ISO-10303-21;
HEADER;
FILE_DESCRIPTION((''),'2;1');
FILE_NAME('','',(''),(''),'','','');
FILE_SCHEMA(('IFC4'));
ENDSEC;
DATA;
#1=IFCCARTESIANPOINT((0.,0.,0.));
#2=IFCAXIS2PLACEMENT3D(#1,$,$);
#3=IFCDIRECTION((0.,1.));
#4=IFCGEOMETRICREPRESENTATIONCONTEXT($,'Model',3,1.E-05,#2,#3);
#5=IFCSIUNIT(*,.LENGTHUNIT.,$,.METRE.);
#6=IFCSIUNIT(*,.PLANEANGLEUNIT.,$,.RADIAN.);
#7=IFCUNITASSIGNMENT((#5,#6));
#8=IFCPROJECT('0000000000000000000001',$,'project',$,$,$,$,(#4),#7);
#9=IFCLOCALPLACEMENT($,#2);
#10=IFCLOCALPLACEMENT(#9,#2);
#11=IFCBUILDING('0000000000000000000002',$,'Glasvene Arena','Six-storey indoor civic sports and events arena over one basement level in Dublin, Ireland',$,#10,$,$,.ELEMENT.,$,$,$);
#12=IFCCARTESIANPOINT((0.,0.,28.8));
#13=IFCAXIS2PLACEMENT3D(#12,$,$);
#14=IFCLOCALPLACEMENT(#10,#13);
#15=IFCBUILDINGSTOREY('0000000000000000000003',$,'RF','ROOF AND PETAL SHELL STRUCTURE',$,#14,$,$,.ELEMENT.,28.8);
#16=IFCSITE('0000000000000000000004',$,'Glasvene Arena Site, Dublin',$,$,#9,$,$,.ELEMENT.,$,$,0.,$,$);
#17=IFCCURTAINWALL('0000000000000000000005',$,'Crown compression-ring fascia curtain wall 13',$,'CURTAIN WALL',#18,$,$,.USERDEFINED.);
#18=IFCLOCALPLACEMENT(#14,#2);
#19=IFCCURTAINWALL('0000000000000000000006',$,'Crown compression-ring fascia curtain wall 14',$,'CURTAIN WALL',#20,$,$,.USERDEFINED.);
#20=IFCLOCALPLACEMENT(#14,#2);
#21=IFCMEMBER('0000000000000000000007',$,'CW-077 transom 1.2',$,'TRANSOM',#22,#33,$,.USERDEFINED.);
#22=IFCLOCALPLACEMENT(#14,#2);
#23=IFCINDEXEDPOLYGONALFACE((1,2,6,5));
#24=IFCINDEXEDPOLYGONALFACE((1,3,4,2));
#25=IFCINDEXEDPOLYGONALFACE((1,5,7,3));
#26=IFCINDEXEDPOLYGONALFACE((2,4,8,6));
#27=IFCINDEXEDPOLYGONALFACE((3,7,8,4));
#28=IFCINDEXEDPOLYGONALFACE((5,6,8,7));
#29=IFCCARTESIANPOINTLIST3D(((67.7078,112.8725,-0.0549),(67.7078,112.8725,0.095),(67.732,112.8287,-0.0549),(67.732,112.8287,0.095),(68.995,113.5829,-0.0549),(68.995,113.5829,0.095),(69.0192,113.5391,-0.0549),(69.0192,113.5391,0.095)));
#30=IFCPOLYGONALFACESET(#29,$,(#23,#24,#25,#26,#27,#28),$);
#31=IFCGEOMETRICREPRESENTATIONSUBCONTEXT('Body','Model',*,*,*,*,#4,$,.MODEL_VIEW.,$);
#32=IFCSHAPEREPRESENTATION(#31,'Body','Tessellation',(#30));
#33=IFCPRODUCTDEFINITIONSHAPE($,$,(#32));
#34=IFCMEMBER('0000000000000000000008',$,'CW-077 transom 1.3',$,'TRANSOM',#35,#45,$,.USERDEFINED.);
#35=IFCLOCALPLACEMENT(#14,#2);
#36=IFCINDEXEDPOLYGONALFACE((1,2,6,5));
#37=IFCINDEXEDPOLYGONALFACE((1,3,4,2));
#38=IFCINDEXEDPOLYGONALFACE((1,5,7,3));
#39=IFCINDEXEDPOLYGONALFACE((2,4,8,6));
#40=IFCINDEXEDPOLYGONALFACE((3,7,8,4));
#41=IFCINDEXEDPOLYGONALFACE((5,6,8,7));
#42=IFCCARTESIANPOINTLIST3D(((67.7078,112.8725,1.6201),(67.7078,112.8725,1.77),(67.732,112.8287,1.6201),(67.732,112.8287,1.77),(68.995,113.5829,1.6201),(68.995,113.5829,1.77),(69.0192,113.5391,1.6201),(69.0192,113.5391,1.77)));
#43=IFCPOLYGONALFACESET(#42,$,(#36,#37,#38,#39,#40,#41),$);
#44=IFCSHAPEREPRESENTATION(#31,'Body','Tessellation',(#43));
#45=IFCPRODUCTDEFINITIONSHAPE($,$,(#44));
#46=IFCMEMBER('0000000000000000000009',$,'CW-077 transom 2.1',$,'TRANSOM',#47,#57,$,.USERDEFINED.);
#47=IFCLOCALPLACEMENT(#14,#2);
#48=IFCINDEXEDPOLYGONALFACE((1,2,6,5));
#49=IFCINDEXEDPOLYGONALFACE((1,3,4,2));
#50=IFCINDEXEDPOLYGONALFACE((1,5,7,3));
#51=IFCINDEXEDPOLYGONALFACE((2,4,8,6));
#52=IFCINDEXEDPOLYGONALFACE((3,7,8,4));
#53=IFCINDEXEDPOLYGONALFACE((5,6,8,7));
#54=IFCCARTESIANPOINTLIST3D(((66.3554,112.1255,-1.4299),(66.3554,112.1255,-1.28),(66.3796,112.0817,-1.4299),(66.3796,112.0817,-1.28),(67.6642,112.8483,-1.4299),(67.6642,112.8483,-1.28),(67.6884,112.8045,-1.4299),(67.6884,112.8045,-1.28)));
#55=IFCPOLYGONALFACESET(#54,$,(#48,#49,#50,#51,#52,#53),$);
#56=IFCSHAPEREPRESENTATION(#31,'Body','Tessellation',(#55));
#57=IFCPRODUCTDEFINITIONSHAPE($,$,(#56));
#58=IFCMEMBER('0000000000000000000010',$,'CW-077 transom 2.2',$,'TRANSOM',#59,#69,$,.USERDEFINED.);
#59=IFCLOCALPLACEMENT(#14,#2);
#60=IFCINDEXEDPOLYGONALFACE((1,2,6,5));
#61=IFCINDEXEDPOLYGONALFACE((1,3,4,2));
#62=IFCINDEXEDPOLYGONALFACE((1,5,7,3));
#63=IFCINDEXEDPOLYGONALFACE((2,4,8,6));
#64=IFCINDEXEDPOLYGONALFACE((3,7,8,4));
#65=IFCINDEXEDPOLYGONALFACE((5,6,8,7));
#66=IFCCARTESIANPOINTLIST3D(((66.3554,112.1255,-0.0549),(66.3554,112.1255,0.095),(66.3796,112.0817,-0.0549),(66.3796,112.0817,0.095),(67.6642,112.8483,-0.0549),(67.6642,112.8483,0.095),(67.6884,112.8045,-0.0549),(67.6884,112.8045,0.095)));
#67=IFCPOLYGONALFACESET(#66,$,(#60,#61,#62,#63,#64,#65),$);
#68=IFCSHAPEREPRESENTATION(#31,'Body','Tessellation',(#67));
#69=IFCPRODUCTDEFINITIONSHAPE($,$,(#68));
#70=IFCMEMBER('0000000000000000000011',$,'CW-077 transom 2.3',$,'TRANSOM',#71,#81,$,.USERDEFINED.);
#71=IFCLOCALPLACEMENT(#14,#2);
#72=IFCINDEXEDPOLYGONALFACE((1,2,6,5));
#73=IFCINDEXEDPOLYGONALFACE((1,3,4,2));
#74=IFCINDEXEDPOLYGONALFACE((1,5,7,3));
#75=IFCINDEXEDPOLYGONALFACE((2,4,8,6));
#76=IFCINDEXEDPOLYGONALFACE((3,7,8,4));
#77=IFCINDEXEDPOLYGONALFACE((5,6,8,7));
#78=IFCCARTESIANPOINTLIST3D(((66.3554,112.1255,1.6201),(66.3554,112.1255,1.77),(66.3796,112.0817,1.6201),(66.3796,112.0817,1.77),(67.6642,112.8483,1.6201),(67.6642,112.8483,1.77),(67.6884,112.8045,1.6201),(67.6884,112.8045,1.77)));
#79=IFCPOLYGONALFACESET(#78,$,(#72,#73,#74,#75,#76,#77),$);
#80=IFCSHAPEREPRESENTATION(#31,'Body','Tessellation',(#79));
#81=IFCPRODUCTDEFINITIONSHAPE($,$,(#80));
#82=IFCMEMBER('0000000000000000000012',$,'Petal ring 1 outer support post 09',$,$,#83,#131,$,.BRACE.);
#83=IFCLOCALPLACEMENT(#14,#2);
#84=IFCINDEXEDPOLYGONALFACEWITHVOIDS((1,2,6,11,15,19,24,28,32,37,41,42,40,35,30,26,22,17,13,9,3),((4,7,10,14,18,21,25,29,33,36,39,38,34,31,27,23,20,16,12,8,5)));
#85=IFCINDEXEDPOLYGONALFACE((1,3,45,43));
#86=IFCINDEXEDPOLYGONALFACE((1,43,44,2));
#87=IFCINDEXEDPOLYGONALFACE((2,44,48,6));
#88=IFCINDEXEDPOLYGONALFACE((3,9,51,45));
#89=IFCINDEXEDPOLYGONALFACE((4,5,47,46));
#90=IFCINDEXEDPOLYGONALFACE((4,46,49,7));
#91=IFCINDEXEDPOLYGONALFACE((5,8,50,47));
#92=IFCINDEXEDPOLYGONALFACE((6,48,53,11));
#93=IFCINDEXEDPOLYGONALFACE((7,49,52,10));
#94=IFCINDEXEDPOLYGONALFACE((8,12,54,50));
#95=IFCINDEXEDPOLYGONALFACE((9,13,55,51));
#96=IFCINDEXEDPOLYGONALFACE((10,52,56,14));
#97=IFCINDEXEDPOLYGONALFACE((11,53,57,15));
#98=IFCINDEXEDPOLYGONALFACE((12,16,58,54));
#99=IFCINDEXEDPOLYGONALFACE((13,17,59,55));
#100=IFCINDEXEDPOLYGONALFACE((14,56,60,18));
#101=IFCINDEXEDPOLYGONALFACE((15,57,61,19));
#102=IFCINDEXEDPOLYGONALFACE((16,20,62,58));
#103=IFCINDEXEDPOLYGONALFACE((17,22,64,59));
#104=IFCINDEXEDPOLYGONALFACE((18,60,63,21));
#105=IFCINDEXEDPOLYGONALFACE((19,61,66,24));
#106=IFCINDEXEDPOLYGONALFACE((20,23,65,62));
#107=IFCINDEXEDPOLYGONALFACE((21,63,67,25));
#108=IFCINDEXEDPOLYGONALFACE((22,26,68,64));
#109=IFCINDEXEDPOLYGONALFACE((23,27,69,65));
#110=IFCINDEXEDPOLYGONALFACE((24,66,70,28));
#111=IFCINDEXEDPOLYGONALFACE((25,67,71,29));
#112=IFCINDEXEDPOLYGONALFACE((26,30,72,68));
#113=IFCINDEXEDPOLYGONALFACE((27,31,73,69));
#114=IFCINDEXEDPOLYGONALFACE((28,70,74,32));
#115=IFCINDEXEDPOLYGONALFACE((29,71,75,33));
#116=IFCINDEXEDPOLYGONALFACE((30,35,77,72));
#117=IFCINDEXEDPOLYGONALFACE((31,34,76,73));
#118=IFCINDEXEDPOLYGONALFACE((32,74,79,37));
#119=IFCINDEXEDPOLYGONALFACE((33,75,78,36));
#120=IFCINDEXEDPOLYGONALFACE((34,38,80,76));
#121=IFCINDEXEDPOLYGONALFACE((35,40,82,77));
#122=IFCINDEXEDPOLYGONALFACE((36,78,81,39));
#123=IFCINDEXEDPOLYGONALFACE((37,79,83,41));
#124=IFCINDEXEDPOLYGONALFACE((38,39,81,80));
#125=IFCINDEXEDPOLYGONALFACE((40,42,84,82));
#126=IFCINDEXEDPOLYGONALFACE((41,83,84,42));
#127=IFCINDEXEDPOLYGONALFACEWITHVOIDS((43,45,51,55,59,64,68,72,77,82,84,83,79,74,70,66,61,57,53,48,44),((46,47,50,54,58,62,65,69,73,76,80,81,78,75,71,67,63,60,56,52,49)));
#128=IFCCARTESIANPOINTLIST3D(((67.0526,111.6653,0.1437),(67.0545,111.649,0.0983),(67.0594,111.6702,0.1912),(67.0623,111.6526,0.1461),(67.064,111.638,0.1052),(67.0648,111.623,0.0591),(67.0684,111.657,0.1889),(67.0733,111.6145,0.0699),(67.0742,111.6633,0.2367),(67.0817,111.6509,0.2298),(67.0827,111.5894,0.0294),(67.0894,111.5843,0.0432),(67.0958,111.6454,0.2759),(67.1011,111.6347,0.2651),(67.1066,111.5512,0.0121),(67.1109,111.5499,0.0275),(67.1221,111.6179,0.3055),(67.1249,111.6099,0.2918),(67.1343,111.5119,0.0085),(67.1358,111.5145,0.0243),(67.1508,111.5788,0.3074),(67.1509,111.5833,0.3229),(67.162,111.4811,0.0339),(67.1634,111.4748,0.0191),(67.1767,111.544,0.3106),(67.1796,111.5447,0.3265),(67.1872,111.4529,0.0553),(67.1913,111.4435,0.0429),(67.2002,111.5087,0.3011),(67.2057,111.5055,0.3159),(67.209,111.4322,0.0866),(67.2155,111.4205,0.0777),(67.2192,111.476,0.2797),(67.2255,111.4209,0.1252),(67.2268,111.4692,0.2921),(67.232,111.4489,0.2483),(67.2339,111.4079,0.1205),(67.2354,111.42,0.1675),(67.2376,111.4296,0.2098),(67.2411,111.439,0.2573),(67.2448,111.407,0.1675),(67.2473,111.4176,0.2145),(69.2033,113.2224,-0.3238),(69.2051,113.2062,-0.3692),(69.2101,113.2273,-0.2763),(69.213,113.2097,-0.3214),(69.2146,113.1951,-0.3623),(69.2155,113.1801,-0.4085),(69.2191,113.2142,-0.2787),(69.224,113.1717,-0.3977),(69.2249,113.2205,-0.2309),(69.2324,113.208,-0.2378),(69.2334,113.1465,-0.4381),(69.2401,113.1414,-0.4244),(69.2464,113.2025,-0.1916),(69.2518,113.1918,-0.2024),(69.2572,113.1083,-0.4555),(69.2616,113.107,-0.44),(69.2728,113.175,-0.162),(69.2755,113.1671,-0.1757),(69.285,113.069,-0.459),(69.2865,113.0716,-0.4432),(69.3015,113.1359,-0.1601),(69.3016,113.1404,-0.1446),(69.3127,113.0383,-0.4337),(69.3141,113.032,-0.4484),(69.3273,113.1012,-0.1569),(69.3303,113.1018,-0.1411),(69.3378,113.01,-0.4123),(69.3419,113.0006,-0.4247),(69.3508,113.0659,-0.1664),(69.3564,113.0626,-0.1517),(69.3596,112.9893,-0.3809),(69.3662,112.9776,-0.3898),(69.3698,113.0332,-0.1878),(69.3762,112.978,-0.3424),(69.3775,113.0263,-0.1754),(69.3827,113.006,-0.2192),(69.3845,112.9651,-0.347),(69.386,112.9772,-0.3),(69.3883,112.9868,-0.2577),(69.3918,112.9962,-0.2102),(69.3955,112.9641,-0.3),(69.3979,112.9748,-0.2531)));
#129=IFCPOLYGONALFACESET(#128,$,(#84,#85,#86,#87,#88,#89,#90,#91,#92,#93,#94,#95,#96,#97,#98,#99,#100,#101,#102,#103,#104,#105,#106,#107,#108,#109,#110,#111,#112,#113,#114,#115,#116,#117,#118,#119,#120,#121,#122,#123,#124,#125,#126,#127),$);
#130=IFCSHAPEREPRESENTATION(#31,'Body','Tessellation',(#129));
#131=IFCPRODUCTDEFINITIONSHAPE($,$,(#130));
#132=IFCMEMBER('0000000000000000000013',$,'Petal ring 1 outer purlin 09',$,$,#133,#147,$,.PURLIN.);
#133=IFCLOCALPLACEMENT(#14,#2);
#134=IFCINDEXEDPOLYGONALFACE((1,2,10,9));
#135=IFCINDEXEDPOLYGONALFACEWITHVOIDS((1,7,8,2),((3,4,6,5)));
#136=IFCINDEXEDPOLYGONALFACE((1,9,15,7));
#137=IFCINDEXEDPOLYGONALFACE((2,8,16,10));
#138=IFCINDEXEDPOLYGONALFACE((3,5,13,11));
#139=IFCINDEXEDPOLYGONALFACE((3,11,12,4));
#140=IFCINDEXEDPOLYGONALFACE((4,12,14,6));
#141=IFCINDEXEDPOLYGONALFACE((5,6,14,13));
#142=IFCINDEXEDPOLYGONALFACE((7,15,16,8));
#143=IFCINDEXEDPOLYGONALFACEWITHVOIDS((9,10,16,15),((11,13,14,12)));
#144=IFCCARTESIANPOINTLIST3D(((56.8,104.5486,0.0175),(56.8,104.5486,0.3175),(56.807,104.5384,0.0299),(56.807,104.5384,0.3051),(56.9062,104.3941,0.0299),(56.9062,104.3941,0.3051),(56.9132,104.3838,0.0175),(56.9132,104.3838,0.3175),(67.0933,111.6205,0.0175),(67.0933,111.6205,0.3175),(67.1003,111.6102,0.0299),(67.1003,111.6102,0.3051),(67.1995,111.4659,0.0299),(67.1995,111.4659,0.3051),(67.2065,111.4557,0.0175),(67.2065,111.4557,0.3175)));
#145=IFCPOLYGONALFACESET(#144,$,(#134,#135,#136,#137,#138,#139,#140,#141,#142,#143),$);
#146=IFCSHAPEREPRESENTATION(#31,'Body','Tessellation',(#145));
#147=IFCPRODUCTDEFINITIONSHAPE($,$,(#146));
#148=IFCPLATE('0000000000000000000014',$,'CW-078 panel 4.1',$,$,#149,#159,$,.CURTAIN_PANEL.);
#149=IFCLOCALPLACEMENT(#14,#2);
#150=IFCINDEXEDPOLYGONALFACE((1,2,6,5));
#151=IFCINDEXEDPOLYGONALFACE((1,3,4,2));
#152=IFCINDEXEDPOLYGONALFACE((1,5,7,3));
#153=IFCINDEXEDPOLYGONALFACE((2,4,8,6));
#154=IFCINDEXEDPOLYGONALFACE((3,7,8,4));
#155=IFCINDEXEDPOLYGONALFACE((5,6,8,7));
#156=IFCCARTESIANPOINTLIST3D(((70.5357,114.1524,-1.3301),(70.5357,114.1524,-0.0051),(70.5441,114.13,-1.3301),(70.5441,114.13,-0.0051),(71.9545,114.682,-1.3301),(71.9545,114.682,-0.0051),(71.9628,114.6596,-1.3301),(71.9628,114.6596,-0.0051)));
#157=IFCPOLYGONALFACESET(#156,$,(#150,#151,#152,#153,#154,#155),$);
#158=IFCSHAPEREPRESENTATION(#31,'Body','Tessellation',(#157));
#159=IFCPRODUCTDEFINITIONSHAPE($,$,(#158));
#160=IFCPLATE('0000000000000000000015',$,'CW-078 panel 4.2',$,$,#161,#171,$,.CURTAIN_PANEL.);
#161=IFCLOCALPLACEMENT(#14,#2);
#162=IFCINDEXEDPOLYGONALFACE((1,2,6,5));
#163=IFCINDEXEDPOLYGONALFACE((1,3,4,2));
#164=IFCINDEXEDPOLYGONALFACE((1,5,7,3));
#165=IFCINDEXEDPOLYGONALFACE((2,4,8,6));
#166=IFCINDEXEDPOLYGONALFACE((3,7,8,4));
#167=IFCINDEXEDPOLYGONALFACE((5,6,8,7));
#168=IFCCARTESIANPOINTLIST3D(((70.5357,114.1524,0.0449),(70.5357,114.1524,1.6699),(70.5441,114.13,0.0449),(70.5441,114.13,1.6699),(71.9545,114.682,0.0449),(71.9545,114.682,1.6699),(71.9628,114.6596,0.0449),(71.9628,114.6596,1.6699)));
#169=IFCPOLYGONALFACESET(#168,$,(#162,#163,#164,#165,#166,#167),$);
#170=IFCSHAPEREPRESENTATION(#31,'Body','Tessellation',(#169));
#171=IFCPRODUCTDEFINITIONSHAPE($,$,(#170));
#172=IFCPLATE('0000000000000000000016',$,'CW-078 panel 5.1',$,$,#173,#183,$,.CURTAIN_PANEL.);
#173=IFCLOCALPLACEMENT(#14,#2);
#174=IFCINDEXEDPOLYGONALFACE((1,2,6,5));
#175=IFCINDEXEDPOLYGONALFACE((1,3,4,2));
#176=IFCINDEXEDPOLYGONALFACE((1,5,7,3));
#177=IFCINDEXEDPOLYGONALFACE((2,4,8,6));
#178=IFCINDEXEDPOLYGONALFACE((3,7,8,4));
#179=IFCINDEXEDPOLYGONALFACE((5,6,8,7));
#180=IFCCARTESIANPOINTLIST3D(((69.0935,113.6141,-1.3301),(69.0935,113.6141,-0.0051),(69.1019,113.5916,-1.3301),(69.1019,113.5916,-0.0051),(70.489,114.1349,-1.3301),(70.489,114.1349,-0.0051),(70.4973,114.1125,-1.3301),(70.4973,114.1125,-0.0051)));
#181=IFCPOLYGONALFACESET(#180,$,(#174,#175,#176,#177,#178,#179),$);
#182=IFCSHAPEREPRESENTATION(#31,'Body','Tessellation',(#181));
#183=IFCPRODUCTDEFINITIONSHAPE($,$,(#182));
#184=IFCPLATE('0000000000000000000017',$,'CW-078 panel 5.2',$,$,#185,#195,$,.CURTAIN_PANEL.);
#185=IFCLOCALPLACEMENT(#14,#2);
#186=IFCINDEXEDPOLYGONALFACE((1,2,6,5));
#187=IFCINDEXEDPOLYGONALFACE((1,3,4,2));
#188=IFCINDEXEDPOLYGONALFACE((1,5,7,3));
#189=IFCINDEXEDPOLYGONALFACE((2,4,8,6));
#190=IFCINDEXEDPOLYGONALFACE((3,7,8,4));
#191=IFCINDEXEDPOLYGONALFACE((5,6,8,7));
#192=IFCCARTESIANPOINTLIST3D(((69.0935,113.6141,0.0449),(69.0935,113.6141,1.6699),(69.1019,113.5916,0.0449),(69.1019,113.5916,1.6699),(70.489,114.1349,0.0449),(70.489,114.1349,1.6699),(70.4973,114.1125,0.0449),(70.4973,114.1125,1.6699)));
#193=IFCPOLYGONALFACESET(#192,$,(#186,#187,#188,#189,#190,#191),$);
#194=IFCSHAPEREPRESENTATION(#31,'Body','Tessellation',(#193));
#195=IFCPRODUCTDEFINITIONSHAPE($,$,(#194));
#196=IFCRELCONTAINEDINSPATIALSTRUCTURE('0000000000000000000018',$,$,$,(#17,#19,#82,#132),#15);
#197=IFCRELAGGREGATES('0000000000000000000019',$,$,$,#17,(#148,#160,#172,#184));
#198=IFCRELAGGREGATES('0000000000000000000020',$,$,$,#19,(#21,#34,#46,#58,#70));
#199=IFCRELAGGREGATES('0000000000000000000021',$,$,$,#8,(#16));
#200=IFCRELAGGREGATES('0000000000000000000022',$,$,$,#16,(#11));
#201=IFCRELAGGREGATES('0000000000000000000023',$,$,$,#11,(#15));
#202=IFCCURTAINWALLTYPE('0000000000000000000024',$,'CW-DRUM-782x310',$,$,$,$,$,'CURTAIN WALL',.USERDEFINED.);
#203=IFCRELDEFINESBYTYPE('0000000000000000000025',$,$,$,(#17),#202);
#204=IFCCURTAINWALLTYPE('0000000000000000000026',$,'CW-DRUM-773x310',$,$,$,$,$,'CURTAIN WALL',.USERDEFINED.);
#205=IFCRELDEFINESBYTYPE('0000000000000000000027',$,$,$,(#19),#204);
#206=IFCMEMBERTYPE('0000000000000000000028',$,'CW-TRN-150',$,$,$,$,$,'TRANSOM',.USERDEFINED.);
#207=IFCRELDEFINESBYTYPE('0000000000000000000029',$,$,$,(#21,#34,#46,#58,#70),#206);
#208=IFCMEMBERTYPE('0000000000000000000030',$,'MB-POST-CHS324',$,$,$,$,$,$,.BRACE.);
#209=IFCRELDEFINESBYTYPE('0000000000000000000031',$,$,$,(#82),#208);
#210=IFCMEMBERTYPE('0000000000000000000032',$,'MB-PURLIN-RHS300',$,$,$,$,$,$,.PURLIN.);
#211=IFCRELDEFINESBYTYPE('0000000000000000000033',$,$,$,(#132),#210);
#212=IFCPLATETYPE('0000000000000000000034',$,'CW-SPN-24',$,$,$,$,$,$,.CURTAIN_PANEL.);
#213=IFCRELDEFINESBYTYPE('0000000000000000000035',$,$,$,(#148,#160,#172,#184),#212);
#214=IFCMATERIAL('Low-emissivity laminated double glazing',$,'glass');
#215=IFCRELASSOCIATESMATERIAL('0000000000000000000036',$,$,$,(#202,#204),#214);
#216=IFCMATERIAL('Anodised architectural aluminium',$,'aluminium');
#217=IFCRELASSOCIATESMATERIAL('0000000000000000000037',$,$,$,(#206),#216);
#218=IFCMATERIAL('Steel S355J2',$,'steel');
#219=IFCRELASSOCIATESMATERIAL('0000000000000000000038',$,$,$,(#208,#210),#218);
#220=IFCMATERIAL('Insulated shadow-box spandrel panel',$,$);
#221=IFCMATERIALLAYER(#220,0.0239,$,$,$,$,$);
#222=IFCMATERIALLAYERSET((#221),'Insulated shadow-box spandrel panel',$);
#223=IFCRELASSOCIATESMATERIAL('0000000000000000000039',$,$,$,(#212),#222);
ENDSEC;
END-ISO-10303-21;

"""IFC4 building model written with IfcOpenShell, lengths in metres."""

from ifc_helpers import new_model, si_unit, direction, frame, origin, origin_2d, place, context, subcontext, project, spatial, rectangle, hollow_rectangle, hollow_circle, extrude, material, layer, layer_set, material_profile, profile_set, type_object, element, aggregate, save


model = new_model("IFC4")

# Units and contexts
model_context = context("Model", 3, precision=1e-05, world=origin(), true_north=direction((0.0, 1.0)))
body_context = subcontext(model_context, "Body", "Model", "MODEL_VIEW")
ifc_project = project(units=[si_unit("LENGTHUNIT", "METRE"), si_unit("PLANEANGLEUNIT", "RADIAN")], contexts=[model_context])

# Site, building, storey
site_placement = place(None, origin())
site = spatial("IfcSite", under=ifc_project, at=site_placement, Name="Glasvene Arena Site, Dublin", CompositionType="ELEMENT", RefElevation=0.0)
building_placement = place(site_placement, origin())
building = spatial("IfcBuilding", under=site, at=building_placement, Name="Glasvene Arena", Description="Six-storey indoor civic sports and events arena over one basement level in Dublin, Ireland", CompositionType="ELEMENT")
storey_placement = place(building_placement, frame((0.0, 0.0, 28.8)))
storey = spatial("IfcBuildingStorey", under=building, at=storey_placement, Name="RF", Description="ROOF AND PETAL SHELL STRUCTURE", CompositionType="ELEMENT", Elevation=28.8)

# Shared definitions
ifc_material_1 = material(Name="Steel S355J2", Category="steel")

# Curtain walls
ifc_material_2 = material(Name="Low-emissivity laminated double glazing", Category="glass")
curtain_wall_type_1 = type_object("IfcCurtainWallType", Name="CW-DRUM-782x310", ElementType="CURTAIN WALL", PredefinedType="USERDEFINED", material=ifc_material_2)
curtain_wall_1_placement = place(storey_placement, frame((76.3792, 116.3206, 0.0)))
curtain_wall_1 = element("IfcCurtainWall", 1, at=curtain_wall_1_placement, inside=storey, type_object=curtain_wall_type_1, Name="Crown compression-ring fascia curtain wall 13", ObjectType="CURTAIN WALL", PredefinedType="USERDEFINED")
ifc_material_3 = material(Name="Anodised architectural aluminium", Category="aluminium")
curtain_wall_type_2 = type_object("IfcCurtainWallType", Name="CW-DRUM-773x310", ElementType="CURTAIN WALL", PredefinedType="USERDEFINED", material=ifc_material_2)
curtain_wall_2_placement = place(storey_placement, frame((69.0508, 113.5852, 0.0)))
curtain_wall_2 = element("IfcCurtainWall", 2, at=curtain_wall_2_placement, inside=storey, type_object=curtain_wall_type_2, Name="Crown compression-ring fascia curtain wall 14", ObjectType="CURTAIN WALL", PredefinedType="USERDEFINED")

# Members
ifc_material_profile_1 = material_profile(ifc_material_3, rectangle(XDim=0.05, YDim=0.1499, at=origin_2d()), Name="ALU TRANSOM 50x150")
ifc_profile_set_1 = profile_set([ifc_material_profile_1], Name="Anodised architectural aluminium")
member_type_1 = type_object("IfcMemberType", Name="CW-TRN-150", ElementType="TRANSOM", PredefinedType="USERDEFINED", material=ifc_profile_set_1)
member_1_placement = place(storey_placement, frame((69.0071, 113.561, 0.02), z_axis=(-0.875486, -0.483244, 0.0), x_axis=(0.483244, -0.875486, 0.0)))
member_1 = element("IfcMember", 3, at=member_1_placement, type_object=member_type_1, Name="CW-077 transom 1.2", ObjectType="TRANSOM", PredefinedType="USERDEFINED", context=body_context, shape_type="SweptSolid", body=[
    extrude(rectangle(XDim=0.05, YDim=0.1499, at=origin_2d()), origin(), (0.0, 0.0, 1.0), 1.4702),
])
member_2_placement = place(storey_placement, frame((69.0071, 113.561, 1.6951), z_axis=(-0.875486, -0.483244, 0.0), x_axis=(0.483244, -0.875486, 0.0)))
member_2 = element("IfcMember", 4, at=member_2_placement, type_object=member_type_1, Name="CW-077 transom 1.3", ObjectType="TRANSOM", PredefinedType="USERDEFINED", context=body_context, shape_type="SweptSolid", body=[
    extrude(rectangle(XDim=0.05, YDim=0.1499, at=origin_2d()), origin(), (0.0, 0.0, 1.0), 1.4702),
])
member_3_placement = place(storey_placement, frame((67.6763, 112.8264, -1.355), z_axis=(-0.875356, -0.483479, 0.0), x_axis=(0.483479, -0.875356, 0.0)))
member_3 = element("IfcMember", 5, at=member_3_placement, type_object=member_type_1, Name="CW-077 transom 2.1", ObjectType="TRANSOM", PredefinedType="USERDEFINED", context=body_context, shape_type="SweptSolid", body=[
    extrude(rectangle(XDim=0.05, YDim=0.1499, at=origin_2d()), origin(), (0.0, 0.0, 1.0), 1.4951),
])
member_4_placement = place(storey_placement, frame((67.6763, 112.8264, 0.02), z_axis=(-0.875356, -0.483479, 0.0), x_axis=(0.483479, -0.875356, 0.0)))
member_4 = element("IfcMember", 6, at=member_4_placement, type_object=member_type_1, Name="CW-077 transom 2.2", ObjectType="TRANSOM", PredefinedType="USERDEFINED", context=body_context, shape_type="SweptSolid", body=[
    extrude(rectangle(XDim=0.05, YDim=0.1499, at=origin_2d()), origin(), (0.0, 0.0, 1.0), 1.4951),
])
member_5_placement = place(storey_placement, frame((67.6763, 112.8264, 1.6951), z_axis=(-0.875356, -0.483479, 0.0), x_axis=(0.483479, -0.875356, 0.0)))
member_5 = element("IfcMember", 7, at=member_5_placement, type_object=member_type_1, Name="CW-077 transom 2.3", ObjectType="TRANSOM", PredefinedType="USERDEFINED", context=body_context, shape_type="SweptSolid", body=[
    extrude(rectangle(XDim=0.05, YDim=0.1499, at=origin_2d()), origin(), (0.0, 0.0, 1.0), 1.4951),
])

# Members
ifc_material_profile_2 = material_profile(ifc_material_1, hollow_circle(Radius=0.1619, WallThickness=0.0161, at=origin_2d()), Name="CHS 323.9x16.0")
ifc_profile_set_2 = profile_set([ifc_material_profile_2], Name="Steel S355J2")
member_type_2 = type_object("IfcMemberType", Name="MB-POST-CHS324", PredefinedType="BRACE", material=ifc_profile_set_2)
member_6_placement = place(storey_placement, frame((69.3005, 113.0952, -0.3), z_axis=(-0.797711, -0.577568, 0.173415), x_axis=(0.586454, -0.809983, 0.0)))
element("IfcMember", 8, at=member_6_placement, inside=storey, type_object=member_type_2, Name="Petal ring 1 outer support post 09", PredefinedType="BRACE", context=body_context, shape_type="SweptSolid", body=[
    extrude(hollow_circle(Radius=0.1619, WallThickness=0.0161, at=origin_2d()), origin(), (0.0, 0.0, 1.0), 2.696),
])
ifc_material_profile_3 = material_profile(ifc_material_1, hollow_rectangle(XDim=0.2, YDim=0.3, WallThickness=0.0125, at=origin_2d()), Name="RHS 300x200x12.5")
ifc_profile_set_3 = profile_set([ifc_material_profile_3], Name="Steel S355J2")
member_type_3 = type_object("IfcMemberType", Name="MB-PURLIN-RHS300", PredefinedType="PURLIN", material=ifc_profile_set_3)
member_7_placement = place(storey_placement, frame((67.1499, 111.5381, 0.1675), z_axis=(-0.824222, -0.566267, 0.0), x_axis=(0.566267, -0.824222, 0.0)))
element("IfcMember", 9, at=member_7_placement, inside=storey, type_object=member_type_3, Name="Petal ring 1 outer purlin 09", PredefinedType="PURLIN", context=body_context, shape_type="SweptSolid", body=[
    extrude(hollow_rectangle(XDim=0.2, YDim=0.3, WallThickness=0.0125, at=origin_2d()), origin(), (0.0, 0.0, 1.0), 12.4885),
])

# Plates
ifc_material_4 = material(Name="Insulated shadow-box spandrel panel")
ifc_layer_1 = layer(ifc_material_4, 0.0239)
ifc_layer_set_1 = layer_set([ifc_layer_1], Name="Insulated shadow-box spandrel panel")
plate_type_1 = type_object("IfcPlateType", Name="CW-SPN-24", PredefinedType="CURTAIN_PANEL", material=ifc_layer_set_1)
plate_1_placement = place(storey_placement, frame((71.2493, 114.406, -1.3301), z_axis=(0.0, 0.0, 1.0), x_axis=(-0.936868, -0.349683, 0.0)))
plate_1 = element("IfcPlate", 10, at=plate_1_placement, type_object=plate_type_1, Name="CW-078 panel 4.1", PredefinedType="CURTAIN_PANEL", context=body_context, shape_type="SweptSolid", body=[
    extrude(rectangle(XDim=1.5144, YDim=0.0239, at=origin_2d()), origin(), (0.0, 0.0, 1.0), 1.325),
])
plate_2_placement = place(storey_placement, frame((71.2493, 114.406, 0.0449), z_axis=(0.0, 0.0, 1.0), x_axis=(-0.936868, -0.349683, 0.0)))
plate_2 = element("IfcPlate", 11, at=plate_2_placement, type_object=plate_type_1, Name="CW-078 panel 4.2", PredefinedType="CURTAIN_PANEL", context=body_context, shape_type="SweptSolid", body=[
    extrude(rectangle(XDim=1.5144, YDim=0.0239, at=origin_2d()), origin(), (0.0, 0.0, 1.0), 1.625),
])
plate_3_placement = place(storey_placement, frame((69.7954, 113.8633, -1.3301), z_axis=(0.0, 0.0, 1.0), x_axis=(-0.936868, -0.349683, 0.0)))
plate_3 = element("IfcPlate", 12, at=plate_3_placement, type_object=plate_type_1, Name="CW-078 panel 5.1", PredefinedType="CURTAIN_PANEL", context=body_context, shape_type="SweptSolid", body=[
    extrude(rectangle(XDim=1.4895, YDim=0.0239, at=origin_2d()), origin(), (0.0, 0.0, 1.0), 1.325),
])
plate_4_placement = place(storey_placement, frame((69.7954, 113.8633, 0.0449), z_axis=(0.0, 0.0, 1.0), x_axis=(-0.936868, -0.349683, 0.0)))
plate_4 = element("IfcPlate", 13, at=plate_4_placement, type_object=plate_type_1, Name="CW-078 panel 5.2", PredefinedType="CURTAIN_PANEL", context=body_context, shape_type="SweptSolid", body=[
    extrude(rectangle(XDim=1.4895, YDim=0.0239, at=origin_2d()), origin(), (0.0, 0.0, 1.0), 1.625),
])
aggregate(curtain_wall_1, [plate_1, plate_2, plate_3, plate_4])
aggregate(curtain_wall_2, [member_1, member_2, member_3, member_4, member_5])

save(model, "model.ifc")
